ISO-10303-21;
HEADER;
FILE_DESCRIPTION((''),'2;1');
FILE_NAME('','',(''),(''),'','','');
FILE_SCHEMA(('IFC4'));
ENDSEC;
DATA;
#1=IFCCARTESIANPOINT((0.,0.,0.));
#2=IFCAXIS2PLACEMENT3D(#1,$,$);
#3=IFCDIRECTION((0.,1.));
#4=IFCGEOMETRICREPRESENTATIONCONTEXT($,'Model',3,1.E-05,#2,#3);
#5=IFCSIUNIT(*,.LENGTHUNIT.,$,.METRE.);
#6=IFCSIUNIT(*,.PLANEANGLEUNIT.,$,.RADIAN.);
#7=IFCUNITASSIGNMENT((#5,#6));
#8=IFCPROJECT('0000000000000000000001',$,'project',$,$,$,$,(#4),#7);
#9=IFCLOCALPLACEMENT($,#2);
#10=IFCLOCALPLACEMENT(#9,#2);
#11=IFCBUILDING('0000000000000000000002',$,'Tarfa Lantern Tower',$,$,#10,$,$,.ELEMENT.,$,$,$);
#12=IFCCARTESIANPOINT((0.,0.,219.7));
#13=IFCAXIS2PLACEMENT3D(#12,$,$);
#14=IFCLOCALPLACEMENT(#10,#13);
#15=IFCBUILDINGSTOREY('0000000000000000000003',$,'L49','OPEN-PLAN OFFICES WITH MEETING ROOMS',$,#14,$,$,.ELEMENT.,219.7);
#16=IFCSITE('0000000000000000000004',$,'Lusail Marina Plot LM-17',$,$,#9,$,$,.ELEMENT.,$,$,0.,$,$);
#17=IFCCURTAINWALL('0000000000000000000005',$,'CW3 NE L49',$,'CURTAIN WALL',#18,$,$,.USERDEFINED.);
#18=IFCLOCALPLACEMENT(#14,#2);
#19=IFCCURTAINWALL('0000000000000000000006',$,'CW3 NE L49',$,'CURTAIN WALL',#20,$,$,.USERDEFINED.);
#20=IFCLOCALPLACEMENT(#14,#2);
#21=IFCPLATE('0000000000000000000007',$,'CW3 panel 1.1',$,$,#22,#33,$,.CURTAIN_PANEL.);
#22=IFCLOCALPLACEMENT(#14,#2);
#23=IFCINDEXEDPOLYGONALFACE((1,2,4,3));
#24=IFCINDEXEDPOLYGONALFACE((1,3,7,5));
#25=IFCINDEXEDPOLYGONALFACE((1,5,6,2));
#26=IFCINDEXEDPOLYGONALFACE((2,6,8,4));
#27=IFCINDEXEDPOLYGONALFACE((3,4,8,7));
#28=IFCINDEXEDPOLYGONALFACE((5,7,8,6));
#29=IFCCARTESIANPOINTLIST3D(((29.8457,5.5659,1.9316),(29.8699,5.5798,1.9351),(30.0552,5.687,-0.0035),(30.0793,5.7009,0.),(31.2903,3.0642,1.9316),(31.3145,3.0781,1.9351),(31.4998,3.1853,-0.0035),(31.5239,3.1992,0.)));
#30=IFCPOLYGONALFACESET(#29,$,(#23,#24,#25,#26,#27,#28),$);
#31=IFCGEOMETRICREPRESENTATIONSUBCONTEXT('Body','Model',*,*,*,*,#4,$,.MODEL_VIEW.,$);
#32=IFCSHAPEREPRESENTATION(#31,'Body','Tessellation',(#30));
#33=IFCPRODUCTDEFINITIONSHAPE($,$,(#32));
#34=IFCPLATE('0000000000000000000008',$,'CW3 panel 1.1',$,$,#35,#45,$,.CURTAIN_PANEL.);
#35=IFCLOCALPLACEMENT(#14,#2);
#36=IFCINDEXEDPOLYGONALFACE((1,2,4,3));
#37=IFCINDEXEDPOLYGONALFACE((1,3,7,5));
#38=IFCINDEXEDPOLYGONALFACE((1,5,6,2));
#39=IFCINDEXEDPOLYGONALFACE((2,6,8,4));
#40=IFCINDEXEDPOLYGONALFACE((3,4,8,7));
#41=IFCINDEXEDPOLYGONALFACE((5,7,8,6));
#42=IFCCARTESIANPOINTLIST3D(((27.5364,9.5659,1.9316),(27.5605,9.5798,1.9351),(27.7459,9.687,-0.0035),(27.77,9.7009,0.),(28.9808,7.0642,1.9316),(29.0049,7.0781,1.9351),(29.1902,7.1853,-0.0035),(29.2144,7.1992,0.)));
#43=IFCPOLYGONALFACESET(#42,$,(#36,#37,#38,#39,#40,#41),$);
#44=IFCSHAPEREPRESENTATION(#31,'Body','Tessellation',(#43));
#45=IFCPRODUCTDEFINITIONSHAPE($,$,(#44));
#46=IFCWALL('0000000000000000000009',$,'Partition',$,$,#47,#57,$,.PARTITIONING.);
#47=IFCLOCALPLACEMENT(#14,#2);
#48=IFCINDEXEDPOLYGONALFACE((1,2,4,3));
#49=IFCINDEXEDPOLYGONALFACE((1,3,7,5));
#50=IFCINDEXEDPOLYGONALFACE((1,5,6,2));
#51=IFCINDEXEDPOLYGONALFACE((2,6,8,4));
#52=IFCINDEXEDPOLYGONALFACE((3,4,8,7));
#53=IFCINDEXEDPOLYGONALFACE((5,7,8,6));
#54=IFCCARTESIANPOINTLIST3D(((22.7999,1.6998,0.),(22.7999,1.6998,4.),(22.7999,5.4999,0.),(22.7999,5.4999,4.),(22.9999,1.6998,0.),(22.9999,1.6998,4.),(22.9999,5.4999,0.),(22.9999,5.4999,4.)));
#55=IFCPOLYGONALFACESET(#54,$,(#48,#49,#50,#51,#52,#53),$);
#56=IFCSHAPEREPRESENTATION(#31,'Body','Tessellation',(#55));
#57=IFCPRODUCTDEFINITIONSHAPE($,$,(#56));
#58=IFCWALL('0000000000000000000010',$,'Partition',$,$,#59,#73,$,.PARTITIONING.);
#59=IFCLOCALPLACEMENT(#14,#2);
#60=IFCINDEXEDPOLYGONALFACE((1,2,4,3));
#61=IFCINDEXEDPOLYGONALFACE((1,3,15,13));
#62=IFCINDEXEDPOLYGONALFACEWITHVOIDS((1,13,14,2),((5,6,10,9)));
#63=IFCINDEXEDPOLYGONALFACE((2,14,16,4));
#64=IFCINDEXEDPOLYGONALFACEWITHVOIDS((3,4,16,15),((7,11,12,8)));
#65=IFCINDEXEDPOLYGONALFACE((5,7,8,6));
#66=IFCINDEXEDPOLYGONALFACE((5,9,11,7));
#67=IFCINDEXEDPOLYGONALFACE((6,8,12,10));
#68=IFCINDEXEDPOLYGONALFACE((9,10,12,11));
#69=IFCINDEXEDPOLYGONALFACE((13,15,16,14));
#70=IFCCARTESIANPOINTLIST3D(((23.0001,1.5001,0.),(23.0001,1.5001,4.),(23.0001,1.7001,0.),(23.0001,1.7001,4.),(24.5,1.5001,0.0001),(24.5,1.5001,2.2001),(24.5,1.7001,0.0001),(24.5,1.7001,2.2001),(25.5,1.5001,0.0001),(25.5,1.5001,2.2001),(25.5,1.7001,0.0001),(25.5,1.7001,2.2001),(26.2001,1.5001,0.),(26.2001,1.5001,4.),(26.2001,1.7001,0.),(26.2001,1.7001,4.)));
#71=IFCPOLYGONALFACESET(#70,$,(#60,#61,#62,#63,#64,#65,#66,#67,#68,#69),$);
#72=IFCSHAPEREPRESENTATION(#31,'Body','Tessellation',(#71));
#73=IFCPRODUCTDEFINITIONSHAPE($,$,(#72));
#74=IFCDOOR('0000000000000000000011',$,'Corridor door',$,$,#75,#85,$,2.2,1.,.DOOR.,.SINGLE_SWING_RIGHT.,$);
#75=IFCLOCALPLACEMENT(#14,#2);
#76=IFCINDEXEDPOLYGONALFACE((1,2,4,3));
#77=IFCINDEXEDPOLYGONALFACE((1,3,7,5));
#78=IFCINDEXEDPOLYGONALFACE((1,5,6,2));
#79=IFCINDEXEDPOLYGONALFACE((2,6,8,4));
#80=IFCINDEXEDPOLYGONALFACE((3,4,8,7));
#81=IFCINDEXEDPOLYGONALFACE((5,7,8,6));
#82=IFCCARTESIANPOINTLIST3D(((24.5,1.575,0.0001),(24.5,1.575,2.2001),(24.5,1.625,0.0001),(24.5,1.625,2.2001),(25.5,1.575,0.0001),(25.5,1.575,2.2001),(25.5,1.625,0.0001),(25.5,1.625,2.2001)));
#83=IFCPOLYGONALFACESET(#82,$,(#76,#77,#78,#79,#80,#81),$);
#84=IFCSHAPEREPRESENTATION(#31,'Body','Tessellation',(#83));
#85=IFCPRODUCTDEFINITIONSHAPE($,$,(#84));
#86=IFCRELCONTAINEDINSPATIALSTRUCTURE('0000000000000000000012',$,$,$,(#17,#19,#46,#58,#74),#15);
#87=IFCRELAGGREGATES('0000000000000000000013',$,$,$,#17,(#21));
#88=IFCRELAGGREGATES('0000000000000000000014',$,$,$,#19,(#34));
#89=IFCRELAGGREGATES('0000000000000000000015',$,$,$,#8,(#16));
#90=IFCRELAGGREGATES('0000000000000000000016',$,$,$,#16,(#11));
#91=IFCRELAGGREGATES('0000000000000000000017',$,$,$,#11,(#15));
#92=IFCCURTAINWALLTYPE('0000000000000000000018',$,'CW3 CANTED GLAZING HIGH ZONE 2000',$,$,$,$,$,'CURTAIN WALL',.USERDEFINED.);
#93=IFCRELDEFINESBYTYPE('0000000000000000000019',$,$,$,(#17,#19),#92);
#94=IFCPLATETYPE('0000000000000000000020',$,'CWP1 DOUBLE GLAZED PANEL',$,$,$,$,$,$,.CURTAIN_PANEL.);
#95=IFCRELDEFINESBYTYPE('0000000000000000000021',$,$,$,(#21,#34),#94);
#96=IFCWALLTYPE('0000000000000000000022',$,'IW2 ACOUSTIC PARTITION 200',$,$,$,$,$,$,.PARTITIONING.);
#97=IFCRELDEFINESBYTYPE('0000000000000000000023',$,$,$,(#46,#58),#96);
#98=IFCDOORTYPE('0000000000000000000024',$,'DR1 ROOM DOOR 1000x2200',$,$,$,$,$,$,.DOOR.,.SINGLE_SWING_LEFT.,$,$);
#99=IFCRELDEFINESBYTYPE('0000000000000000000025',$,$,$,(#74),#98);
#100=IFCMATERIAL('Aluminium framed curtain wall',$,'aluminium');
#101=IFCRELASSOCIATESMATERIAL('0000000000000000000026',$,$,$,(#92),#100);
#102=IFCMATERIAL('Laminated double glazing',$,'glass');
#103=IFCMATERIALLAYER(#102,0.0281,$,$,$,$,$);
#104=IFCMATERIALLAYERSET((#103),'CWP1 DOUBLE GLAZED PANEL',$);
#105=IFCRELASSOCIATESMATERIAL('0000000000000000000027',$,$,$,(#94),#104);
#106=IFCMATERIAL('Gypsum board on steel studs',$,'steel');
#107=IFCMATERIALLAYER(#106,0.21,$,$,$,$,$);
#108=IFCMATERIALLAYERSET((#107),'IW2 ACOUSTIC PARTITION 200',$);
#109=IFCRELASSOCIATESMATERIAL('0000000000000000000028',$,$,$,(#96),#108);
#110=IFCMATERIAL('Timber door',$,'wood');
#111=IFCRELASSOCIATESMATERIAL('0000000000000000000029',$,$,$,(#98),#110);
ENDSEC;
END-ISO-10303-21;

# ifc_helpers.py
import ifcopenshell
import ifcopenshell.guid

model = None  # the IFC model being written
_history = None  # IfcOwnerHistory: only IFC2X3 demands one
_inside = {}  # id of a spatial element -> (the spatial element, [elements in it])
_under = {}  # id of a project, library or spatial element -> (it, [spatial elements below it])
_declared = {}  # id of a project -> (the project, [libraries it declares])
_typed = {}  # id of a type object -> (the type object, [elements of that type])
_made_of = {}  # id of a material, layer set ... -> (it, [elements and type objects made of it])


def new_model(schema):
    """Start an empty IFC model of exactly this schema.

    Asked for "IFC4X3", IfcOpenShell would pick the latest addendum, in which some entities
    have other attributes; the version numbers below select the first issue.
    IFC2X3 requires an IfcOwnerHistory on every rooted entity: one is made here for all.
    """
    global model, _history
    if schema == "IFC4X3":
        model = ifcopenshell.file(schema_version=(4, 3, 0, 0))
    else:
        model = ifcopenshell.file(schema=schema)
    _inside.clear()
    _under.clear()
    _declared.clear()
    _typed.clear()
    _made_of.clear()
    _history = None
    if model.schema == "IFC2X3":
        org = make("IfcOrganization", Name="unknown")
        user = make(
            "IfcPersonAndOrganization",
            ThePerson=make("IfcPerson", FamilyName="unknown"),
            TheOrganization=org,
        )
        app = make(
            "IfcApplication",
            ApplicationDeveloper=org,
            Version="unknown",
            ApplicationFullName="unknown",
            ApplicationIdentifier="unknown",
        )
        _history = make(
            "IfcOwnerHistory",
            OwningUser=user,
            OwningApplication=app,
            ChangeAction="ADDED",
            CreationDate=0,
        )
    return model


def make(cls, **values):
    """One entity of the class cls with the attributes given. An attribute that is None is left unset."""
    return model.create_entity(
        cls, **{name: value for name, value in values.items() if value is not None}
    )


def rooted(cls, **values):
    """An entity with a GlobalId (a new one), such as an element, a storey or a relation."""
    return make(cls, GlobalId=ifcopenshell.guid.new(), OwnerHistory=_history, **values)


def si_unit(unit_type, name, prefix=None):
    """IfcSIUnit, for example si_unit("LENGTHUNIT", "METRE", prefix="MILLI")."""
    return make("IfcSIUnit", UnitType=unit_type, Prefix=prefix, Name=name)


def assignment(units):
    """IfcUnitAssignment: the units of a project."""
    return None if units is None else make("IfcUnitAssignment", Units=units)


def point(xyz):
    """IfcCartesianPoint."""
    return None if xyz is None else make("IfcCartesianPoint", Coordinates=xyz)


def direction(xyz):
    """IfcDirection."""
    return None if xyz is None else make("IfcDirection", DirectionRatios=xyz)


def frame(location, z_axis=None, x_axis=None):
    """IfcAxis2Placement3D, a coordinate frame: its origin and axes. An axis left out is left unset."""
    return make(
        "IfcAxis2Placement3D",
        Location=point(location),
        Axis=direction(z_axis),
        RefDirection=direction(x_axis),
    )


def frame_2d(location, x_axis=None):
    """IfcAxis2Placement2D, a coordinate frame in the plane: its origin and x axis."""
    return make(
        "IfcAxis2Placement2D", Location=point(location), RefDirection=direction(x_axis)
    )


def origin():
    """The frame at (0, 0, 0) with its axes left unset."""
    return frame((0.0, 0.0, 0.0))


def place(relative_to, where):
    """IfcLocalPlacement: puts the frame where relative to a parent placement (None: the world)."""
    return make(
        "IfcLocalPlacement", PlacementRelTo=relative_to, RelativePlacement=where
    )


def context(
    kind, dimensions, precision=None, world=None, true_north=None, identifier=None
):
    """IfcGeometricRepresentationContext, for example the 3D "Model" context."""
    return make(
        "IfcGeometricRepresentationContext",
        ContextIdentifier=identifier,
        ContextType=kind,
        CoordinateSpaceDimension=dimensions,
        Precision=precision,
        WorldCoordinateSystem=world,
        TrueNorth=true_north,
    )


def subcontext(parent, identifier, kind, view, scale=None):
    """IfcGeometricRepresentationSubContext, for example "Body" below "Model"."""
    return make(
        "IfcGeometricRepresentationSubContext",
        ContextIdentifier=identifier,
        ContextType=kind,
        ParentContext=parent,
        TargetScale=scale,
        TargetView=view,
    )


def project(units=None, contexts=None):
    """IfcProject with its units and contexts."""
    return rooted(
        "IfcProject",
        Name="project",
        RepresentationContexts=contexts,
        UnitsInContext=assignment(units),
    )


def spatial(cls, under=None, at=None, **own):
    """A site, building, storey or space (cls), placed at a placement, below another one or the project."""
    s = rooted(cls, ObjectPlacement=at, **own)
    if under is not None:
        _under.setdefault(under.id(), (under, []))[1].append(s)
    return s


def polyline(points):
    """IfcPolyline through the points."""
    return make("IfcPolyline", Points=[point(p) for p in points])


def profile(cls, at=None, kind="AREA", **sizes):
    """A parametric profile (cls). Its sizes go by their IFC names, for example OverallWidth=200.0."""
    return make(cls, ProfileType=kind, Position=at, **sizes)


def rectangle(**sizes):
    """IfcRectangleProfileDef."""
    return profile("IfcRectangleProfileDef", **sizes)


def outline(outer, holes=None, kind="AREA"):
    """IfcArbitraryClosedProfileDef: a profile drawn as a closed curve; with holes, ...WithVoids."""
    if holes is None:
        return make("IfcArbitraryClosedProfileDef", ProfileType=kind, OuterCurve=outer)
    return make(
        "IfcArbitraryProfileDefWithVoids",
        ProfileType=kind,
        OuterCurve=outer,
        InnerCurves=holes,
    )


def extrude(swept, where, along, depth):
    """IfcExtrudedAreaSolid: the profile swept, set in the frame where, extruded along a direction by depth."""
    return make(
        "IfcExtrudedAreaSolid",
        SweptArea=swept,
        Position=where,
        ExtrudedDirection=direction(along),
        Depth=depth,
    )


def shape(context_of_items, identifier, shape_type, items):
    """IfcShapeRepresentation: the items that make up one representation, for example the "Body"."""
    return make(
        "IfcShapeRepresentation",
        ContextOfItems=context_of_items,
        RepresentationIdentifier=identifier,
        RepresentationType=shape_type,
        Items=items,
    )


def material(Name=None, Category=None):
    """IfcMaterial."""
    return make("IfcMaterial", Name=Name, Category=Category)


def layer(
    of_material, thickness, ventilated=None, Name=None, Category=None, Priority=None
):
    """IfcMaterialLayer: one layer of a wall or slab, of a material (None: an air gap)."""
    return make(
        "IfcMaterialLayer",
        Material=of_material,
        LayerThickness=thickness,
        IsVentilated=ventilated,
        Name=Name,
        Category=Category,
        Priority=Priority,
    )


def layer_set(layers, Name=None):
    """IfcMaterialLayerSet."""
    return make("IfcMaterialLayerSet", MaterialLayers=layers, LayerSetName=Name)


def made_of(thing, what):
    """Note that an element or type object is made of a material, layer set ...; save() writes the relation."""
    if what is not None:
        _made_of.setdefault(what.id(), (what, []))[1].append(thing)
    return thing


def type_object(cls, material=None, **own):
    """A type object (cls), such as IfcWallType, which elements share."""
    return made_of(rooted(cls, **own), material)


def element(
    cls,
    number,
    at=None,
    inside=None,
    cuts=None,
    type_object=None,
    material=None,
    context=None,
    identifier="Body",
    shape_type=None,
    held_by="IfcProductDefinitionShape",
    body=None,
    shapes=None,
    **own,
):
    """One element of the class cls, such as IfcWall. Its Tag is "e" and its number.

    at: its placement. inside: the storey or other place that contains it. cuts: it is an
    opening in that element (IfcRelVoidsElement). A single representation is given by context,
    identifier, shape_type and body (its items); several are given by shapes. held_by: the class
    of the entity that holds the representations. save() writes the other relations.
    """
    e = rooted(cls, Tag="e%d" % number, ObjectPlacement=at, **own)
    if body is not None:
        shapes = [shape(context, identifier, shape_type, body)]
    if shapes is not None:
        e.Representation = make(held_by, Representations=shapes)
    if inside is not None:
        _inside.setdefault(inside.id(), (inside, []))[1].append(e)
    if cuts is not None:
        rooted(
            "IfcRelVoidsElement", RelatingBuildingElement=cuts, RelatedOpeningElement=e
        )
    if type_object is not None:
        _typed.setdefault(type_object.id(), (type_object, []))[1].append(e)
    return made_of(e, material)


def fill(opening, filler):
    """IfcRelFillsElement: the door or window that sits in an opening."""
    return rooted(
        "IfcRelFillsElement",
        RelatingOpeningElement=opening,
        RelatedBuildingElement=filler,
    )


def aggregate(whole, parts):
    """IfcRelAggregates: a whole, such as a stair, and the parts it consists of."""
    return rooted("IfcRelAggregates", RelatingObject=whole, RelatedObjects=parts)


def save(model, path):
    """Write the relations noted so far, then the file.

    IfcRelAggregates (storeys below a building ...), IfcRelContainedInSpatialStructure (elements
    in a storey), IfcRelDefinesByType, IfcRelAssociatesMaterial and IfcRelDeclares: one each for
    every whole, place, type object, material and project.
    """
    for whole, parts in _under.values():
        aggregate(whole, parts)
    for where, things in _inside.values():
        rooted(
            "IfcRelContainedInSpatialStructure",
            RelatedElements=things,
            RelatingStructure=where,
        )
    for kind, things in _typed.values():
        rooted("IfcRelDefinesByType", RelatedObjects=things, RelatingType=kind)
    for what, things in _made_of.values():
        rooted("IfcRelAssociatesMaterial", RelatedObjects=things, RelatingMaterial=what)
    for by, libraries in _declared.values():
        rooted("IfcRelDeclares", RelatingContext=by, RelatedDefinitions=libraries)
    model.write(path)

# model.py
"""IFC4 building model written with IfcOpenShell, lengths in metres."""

from ifc_helpers import new_model, si_unit, direction, frame, frame_2d, origin, place, context, subcontext, project, spatial, polyline, rectangle, outline, extrude, material, layer, layer_set, type_object, element, fill, aggregate, save


model = new_model("IFC4")

# Units and contexts
model_context = context("Model", 3, precision=1e-05, world=origin(), true_north=direction((0.0, 1.0)))
body_context = subcontext(model_context, "Body", "Model", "MODEL_VIEW")
ifc_project = project(units=[si_unit("LENGTHUNIT", "METRE"), si_unit("PLANEANGLEUNIT", "RADIAN")], contexts=[model_context])

# Site, building, storey
site_placement = place(None, origin())
site = spatial("IfcSite", under=ifc_project, at=site_placement, Name="Lusail Marina Plot LM-17", CompositionType="ELEMENT", RefElevation=0.0)
building_placement = place(site_placement, origin())
building = spatial("IfcBuilding", under=site, at=building_placement, Name="Tarfa Lantern Tower", CompositionType="ELEMENT")
storey_placement = place(building_placement, frame((0.0, 0.0, 219.7)))
storey = spatial("IfcBuildingStorey", under=building, at=storey_placement, Name="L49", Description="OPEN-PLAN OFFICES WITH MEETING ROOMS", CompositionType="ELEMENT", Elevation=219.7)

# Curtain walls
ifc_material_1 = material(Name="Aluminium framed curtain wall", Category="aluminium")
curtain_wall_type = type_object("IfcCurtainWallType", Name="CW3 CANTED GLAZING HIGH ZONE 2000", ElementType="CURTAIN WALL", PredefinedType="USERDEFINED", material=ifc_material_1)
curtain_wall_1_placement = place(storey_placement, origin())
curtain_wall_1 = element("IfcCurtainWall", 1, at=curtain_wall_1_placement, inside=storey, type_object=curtain_wall_type, Name="CW3 NE L49", ObjectType="CURTAIN WALL", PredefinedType="USERDEFINED")
curtain_wall_2_placement = place(storey_placement, origin())
curtain_wall_2 = element("IfcCurtainWall", 2, at=curtain_wall_2_placement, inside=storey, type_object=curtain_wall_type, Name="CW3 NE L49", ObjectType="CURTAIN WALL", PredefinedType="USERDEFINED")

# Plates
ifc_material_2 = material(Name="Laminated double glazing", Category="glass")
ifc_layer_1 = layer(ifc_material_2, 0.0281)
ifc_layer_set_1 = layer_set([ifc_layer_1], Name="CWP1 DOUBLE GLAZED PANEL")
plate_type = type_object("IfcPlateType", Name="CWP1 DOUBLE GLAZED PANEL", PredefinedType="CURTAIN_PANEL", material=ifc_layer_set_1)
plate_1_placement = place(storey_placement, frame((31.5239, 3.1992, 0.0), z_axis=(0.859301, 0.496193, 0.124072), x_axis=(-0.500057, 0.865993, 0.0)))
plate_1 = element("IfcPlate", 3, at=plate_1_placement, type_object=plate_type, Name="CW3 panel 1.1", PredefinedType="CURTAIN_PANEL", context=body_context, shape_type="SweptSolid", body=[
    extrude(outline(polyline([(0.0, 0.0), (2.8888, 0.0), (2.8887, 1.9501), (-0.0001, 1.9501), (0.0, 0.0)])), origin(), (0.0, 0.0, -1.0), 0.0281),
])
aggregate(curtain_wall_1, [plate_1])
plate_2_placement = place(storey_placement, frame((29.2144, 7.1992, 0.0), z_axis=(0.859338, 0.49613, 0.124072), x_axis=(-0.499993, 0.866029, 0.0)))
plate_2 = element("IfcPlate", 4, at=plate_2_placement, type_object=plate_type, Name="CW3 panel 1.1", PredefinedType="CURTAIN_PANEL", context=body_context, shape_type="SweptSolid", body=[
    extrude(outline(polyline([(0.0, 0.0), (2.8887, 0.0), (2.8886, 1.9501), (-0.0001, 1.9501), (0.0, 0.0)])), origin(), (0.0, 0.0, -1.0), 0.0281),
])
aggregate(curtain_wall_2, [plate_2])

# Wall
ifc_material_3 = material(Name="Gypsum board on steel studs", Category="steel")
ifc_layer_2 = layer(ifc_material_3, 0.21)
ifc_layer_set_2 = layer_set([ifc_layer_2], Name="IW2 ACOUSTIC PARTITION 200")
wall_type = type_object("IfcWallType", Name="IW2 ACOUSTIC PARTITION 200", PredefinedType="PARTITIONING", material=ifc_layer_set_2)
wall_1_placement = place(storey_placement, frame((22.8999, 1.7, 0.0), z_axis=(0.0, 0.0, 1.0), x_axis=(0.0, 1.0, 0.0)))
element("IfcWall", 5, at=wall_1_placement, inside=storey, type_object=wall_type, Name="Partition", PredefinedType="PARTITIONING", context=body_context, shape_type="SweptSolid", body=[
    extrude(rectangle(XDim=3.8, YDim=0.2, at=frame_2d((1.8999, 0.0))), origin(), (0.0, 0.0, 1.0), 4.0),
])

# Wall, opening, door
wall_2_placement = place(storey_placement, frame((23.0, 1.6001, 0.0), z_axis=(0.0, 0.0, 1.0), x_axis=(1.0, 0.0, 0.0)))
wall_2 = element("IfcWall", 6, at=wall_2_placement, inside=storey, type_object=wall_type, Name="Partition", PredefinedType="PARTITIONING", context=body_context, shape_type="SweptSolid", body=[
    extrude(rectangle(XDim=3.2, YDim=0.2, at=frame_2d((1.6001, 0.0))), origin(), (0.0, 0.0, 1.0), 4.0),
])
opening_placement = place(wall_2_placement, frame((1.5, 0.0, 0.0)))
opening = element("IfcOpeningElement", 7, at=opening_placement, cuts=wall_2, PredefinedType="OPENING", context=body_context, shape_type="SweptSolid", body=[
    extrude(rectangle(XDim=1.0, YDim=2.2, at=frame_2d((0.5, 1.1001))), frame((0.0, 0.1099, 0.0), z_axis=(0.0, -1.0, 0.0), x_axis=(1.0, 0.0, 0.0)), (0.0, 0.0, 1.0), 0.22),
])
ifc_material_4 = material(Name="Timber door", Category="wood")
door_type = type_object("IfcDoorType", Name="DR1 ROOM DOOR 1000x2200", OperationType="SINGLE_SWING_LEFT", PredefinedType="DOOR", material=ifc_material_4)
door_placement = place(opening_placement, origin())
door = element("IfcDoor", 8, at=door_placement, inside=storey, type_object=door_type, Name="Corridor door", OperationType="SINGLE_SWING_RIGHT", OverallHeight=2.2, OverallWidth=1.0, PredefinedType="DOOR", context=body_context, shape_type="SweptSolid", body=[
    extrude(rectangle(XDim=1.0, YDim=2.2, at=frame_2d((0.5, 1.1001))), frame((0.0, 0.0249, 0.0), z_axis=(0.0, -1.0, 0.0), x_axis=(1.0, 0.0, 0.0)), (0.0, 0.0, 1.0), 0.05),
])
fill(opening, door)

save(model, "model.ifc")
